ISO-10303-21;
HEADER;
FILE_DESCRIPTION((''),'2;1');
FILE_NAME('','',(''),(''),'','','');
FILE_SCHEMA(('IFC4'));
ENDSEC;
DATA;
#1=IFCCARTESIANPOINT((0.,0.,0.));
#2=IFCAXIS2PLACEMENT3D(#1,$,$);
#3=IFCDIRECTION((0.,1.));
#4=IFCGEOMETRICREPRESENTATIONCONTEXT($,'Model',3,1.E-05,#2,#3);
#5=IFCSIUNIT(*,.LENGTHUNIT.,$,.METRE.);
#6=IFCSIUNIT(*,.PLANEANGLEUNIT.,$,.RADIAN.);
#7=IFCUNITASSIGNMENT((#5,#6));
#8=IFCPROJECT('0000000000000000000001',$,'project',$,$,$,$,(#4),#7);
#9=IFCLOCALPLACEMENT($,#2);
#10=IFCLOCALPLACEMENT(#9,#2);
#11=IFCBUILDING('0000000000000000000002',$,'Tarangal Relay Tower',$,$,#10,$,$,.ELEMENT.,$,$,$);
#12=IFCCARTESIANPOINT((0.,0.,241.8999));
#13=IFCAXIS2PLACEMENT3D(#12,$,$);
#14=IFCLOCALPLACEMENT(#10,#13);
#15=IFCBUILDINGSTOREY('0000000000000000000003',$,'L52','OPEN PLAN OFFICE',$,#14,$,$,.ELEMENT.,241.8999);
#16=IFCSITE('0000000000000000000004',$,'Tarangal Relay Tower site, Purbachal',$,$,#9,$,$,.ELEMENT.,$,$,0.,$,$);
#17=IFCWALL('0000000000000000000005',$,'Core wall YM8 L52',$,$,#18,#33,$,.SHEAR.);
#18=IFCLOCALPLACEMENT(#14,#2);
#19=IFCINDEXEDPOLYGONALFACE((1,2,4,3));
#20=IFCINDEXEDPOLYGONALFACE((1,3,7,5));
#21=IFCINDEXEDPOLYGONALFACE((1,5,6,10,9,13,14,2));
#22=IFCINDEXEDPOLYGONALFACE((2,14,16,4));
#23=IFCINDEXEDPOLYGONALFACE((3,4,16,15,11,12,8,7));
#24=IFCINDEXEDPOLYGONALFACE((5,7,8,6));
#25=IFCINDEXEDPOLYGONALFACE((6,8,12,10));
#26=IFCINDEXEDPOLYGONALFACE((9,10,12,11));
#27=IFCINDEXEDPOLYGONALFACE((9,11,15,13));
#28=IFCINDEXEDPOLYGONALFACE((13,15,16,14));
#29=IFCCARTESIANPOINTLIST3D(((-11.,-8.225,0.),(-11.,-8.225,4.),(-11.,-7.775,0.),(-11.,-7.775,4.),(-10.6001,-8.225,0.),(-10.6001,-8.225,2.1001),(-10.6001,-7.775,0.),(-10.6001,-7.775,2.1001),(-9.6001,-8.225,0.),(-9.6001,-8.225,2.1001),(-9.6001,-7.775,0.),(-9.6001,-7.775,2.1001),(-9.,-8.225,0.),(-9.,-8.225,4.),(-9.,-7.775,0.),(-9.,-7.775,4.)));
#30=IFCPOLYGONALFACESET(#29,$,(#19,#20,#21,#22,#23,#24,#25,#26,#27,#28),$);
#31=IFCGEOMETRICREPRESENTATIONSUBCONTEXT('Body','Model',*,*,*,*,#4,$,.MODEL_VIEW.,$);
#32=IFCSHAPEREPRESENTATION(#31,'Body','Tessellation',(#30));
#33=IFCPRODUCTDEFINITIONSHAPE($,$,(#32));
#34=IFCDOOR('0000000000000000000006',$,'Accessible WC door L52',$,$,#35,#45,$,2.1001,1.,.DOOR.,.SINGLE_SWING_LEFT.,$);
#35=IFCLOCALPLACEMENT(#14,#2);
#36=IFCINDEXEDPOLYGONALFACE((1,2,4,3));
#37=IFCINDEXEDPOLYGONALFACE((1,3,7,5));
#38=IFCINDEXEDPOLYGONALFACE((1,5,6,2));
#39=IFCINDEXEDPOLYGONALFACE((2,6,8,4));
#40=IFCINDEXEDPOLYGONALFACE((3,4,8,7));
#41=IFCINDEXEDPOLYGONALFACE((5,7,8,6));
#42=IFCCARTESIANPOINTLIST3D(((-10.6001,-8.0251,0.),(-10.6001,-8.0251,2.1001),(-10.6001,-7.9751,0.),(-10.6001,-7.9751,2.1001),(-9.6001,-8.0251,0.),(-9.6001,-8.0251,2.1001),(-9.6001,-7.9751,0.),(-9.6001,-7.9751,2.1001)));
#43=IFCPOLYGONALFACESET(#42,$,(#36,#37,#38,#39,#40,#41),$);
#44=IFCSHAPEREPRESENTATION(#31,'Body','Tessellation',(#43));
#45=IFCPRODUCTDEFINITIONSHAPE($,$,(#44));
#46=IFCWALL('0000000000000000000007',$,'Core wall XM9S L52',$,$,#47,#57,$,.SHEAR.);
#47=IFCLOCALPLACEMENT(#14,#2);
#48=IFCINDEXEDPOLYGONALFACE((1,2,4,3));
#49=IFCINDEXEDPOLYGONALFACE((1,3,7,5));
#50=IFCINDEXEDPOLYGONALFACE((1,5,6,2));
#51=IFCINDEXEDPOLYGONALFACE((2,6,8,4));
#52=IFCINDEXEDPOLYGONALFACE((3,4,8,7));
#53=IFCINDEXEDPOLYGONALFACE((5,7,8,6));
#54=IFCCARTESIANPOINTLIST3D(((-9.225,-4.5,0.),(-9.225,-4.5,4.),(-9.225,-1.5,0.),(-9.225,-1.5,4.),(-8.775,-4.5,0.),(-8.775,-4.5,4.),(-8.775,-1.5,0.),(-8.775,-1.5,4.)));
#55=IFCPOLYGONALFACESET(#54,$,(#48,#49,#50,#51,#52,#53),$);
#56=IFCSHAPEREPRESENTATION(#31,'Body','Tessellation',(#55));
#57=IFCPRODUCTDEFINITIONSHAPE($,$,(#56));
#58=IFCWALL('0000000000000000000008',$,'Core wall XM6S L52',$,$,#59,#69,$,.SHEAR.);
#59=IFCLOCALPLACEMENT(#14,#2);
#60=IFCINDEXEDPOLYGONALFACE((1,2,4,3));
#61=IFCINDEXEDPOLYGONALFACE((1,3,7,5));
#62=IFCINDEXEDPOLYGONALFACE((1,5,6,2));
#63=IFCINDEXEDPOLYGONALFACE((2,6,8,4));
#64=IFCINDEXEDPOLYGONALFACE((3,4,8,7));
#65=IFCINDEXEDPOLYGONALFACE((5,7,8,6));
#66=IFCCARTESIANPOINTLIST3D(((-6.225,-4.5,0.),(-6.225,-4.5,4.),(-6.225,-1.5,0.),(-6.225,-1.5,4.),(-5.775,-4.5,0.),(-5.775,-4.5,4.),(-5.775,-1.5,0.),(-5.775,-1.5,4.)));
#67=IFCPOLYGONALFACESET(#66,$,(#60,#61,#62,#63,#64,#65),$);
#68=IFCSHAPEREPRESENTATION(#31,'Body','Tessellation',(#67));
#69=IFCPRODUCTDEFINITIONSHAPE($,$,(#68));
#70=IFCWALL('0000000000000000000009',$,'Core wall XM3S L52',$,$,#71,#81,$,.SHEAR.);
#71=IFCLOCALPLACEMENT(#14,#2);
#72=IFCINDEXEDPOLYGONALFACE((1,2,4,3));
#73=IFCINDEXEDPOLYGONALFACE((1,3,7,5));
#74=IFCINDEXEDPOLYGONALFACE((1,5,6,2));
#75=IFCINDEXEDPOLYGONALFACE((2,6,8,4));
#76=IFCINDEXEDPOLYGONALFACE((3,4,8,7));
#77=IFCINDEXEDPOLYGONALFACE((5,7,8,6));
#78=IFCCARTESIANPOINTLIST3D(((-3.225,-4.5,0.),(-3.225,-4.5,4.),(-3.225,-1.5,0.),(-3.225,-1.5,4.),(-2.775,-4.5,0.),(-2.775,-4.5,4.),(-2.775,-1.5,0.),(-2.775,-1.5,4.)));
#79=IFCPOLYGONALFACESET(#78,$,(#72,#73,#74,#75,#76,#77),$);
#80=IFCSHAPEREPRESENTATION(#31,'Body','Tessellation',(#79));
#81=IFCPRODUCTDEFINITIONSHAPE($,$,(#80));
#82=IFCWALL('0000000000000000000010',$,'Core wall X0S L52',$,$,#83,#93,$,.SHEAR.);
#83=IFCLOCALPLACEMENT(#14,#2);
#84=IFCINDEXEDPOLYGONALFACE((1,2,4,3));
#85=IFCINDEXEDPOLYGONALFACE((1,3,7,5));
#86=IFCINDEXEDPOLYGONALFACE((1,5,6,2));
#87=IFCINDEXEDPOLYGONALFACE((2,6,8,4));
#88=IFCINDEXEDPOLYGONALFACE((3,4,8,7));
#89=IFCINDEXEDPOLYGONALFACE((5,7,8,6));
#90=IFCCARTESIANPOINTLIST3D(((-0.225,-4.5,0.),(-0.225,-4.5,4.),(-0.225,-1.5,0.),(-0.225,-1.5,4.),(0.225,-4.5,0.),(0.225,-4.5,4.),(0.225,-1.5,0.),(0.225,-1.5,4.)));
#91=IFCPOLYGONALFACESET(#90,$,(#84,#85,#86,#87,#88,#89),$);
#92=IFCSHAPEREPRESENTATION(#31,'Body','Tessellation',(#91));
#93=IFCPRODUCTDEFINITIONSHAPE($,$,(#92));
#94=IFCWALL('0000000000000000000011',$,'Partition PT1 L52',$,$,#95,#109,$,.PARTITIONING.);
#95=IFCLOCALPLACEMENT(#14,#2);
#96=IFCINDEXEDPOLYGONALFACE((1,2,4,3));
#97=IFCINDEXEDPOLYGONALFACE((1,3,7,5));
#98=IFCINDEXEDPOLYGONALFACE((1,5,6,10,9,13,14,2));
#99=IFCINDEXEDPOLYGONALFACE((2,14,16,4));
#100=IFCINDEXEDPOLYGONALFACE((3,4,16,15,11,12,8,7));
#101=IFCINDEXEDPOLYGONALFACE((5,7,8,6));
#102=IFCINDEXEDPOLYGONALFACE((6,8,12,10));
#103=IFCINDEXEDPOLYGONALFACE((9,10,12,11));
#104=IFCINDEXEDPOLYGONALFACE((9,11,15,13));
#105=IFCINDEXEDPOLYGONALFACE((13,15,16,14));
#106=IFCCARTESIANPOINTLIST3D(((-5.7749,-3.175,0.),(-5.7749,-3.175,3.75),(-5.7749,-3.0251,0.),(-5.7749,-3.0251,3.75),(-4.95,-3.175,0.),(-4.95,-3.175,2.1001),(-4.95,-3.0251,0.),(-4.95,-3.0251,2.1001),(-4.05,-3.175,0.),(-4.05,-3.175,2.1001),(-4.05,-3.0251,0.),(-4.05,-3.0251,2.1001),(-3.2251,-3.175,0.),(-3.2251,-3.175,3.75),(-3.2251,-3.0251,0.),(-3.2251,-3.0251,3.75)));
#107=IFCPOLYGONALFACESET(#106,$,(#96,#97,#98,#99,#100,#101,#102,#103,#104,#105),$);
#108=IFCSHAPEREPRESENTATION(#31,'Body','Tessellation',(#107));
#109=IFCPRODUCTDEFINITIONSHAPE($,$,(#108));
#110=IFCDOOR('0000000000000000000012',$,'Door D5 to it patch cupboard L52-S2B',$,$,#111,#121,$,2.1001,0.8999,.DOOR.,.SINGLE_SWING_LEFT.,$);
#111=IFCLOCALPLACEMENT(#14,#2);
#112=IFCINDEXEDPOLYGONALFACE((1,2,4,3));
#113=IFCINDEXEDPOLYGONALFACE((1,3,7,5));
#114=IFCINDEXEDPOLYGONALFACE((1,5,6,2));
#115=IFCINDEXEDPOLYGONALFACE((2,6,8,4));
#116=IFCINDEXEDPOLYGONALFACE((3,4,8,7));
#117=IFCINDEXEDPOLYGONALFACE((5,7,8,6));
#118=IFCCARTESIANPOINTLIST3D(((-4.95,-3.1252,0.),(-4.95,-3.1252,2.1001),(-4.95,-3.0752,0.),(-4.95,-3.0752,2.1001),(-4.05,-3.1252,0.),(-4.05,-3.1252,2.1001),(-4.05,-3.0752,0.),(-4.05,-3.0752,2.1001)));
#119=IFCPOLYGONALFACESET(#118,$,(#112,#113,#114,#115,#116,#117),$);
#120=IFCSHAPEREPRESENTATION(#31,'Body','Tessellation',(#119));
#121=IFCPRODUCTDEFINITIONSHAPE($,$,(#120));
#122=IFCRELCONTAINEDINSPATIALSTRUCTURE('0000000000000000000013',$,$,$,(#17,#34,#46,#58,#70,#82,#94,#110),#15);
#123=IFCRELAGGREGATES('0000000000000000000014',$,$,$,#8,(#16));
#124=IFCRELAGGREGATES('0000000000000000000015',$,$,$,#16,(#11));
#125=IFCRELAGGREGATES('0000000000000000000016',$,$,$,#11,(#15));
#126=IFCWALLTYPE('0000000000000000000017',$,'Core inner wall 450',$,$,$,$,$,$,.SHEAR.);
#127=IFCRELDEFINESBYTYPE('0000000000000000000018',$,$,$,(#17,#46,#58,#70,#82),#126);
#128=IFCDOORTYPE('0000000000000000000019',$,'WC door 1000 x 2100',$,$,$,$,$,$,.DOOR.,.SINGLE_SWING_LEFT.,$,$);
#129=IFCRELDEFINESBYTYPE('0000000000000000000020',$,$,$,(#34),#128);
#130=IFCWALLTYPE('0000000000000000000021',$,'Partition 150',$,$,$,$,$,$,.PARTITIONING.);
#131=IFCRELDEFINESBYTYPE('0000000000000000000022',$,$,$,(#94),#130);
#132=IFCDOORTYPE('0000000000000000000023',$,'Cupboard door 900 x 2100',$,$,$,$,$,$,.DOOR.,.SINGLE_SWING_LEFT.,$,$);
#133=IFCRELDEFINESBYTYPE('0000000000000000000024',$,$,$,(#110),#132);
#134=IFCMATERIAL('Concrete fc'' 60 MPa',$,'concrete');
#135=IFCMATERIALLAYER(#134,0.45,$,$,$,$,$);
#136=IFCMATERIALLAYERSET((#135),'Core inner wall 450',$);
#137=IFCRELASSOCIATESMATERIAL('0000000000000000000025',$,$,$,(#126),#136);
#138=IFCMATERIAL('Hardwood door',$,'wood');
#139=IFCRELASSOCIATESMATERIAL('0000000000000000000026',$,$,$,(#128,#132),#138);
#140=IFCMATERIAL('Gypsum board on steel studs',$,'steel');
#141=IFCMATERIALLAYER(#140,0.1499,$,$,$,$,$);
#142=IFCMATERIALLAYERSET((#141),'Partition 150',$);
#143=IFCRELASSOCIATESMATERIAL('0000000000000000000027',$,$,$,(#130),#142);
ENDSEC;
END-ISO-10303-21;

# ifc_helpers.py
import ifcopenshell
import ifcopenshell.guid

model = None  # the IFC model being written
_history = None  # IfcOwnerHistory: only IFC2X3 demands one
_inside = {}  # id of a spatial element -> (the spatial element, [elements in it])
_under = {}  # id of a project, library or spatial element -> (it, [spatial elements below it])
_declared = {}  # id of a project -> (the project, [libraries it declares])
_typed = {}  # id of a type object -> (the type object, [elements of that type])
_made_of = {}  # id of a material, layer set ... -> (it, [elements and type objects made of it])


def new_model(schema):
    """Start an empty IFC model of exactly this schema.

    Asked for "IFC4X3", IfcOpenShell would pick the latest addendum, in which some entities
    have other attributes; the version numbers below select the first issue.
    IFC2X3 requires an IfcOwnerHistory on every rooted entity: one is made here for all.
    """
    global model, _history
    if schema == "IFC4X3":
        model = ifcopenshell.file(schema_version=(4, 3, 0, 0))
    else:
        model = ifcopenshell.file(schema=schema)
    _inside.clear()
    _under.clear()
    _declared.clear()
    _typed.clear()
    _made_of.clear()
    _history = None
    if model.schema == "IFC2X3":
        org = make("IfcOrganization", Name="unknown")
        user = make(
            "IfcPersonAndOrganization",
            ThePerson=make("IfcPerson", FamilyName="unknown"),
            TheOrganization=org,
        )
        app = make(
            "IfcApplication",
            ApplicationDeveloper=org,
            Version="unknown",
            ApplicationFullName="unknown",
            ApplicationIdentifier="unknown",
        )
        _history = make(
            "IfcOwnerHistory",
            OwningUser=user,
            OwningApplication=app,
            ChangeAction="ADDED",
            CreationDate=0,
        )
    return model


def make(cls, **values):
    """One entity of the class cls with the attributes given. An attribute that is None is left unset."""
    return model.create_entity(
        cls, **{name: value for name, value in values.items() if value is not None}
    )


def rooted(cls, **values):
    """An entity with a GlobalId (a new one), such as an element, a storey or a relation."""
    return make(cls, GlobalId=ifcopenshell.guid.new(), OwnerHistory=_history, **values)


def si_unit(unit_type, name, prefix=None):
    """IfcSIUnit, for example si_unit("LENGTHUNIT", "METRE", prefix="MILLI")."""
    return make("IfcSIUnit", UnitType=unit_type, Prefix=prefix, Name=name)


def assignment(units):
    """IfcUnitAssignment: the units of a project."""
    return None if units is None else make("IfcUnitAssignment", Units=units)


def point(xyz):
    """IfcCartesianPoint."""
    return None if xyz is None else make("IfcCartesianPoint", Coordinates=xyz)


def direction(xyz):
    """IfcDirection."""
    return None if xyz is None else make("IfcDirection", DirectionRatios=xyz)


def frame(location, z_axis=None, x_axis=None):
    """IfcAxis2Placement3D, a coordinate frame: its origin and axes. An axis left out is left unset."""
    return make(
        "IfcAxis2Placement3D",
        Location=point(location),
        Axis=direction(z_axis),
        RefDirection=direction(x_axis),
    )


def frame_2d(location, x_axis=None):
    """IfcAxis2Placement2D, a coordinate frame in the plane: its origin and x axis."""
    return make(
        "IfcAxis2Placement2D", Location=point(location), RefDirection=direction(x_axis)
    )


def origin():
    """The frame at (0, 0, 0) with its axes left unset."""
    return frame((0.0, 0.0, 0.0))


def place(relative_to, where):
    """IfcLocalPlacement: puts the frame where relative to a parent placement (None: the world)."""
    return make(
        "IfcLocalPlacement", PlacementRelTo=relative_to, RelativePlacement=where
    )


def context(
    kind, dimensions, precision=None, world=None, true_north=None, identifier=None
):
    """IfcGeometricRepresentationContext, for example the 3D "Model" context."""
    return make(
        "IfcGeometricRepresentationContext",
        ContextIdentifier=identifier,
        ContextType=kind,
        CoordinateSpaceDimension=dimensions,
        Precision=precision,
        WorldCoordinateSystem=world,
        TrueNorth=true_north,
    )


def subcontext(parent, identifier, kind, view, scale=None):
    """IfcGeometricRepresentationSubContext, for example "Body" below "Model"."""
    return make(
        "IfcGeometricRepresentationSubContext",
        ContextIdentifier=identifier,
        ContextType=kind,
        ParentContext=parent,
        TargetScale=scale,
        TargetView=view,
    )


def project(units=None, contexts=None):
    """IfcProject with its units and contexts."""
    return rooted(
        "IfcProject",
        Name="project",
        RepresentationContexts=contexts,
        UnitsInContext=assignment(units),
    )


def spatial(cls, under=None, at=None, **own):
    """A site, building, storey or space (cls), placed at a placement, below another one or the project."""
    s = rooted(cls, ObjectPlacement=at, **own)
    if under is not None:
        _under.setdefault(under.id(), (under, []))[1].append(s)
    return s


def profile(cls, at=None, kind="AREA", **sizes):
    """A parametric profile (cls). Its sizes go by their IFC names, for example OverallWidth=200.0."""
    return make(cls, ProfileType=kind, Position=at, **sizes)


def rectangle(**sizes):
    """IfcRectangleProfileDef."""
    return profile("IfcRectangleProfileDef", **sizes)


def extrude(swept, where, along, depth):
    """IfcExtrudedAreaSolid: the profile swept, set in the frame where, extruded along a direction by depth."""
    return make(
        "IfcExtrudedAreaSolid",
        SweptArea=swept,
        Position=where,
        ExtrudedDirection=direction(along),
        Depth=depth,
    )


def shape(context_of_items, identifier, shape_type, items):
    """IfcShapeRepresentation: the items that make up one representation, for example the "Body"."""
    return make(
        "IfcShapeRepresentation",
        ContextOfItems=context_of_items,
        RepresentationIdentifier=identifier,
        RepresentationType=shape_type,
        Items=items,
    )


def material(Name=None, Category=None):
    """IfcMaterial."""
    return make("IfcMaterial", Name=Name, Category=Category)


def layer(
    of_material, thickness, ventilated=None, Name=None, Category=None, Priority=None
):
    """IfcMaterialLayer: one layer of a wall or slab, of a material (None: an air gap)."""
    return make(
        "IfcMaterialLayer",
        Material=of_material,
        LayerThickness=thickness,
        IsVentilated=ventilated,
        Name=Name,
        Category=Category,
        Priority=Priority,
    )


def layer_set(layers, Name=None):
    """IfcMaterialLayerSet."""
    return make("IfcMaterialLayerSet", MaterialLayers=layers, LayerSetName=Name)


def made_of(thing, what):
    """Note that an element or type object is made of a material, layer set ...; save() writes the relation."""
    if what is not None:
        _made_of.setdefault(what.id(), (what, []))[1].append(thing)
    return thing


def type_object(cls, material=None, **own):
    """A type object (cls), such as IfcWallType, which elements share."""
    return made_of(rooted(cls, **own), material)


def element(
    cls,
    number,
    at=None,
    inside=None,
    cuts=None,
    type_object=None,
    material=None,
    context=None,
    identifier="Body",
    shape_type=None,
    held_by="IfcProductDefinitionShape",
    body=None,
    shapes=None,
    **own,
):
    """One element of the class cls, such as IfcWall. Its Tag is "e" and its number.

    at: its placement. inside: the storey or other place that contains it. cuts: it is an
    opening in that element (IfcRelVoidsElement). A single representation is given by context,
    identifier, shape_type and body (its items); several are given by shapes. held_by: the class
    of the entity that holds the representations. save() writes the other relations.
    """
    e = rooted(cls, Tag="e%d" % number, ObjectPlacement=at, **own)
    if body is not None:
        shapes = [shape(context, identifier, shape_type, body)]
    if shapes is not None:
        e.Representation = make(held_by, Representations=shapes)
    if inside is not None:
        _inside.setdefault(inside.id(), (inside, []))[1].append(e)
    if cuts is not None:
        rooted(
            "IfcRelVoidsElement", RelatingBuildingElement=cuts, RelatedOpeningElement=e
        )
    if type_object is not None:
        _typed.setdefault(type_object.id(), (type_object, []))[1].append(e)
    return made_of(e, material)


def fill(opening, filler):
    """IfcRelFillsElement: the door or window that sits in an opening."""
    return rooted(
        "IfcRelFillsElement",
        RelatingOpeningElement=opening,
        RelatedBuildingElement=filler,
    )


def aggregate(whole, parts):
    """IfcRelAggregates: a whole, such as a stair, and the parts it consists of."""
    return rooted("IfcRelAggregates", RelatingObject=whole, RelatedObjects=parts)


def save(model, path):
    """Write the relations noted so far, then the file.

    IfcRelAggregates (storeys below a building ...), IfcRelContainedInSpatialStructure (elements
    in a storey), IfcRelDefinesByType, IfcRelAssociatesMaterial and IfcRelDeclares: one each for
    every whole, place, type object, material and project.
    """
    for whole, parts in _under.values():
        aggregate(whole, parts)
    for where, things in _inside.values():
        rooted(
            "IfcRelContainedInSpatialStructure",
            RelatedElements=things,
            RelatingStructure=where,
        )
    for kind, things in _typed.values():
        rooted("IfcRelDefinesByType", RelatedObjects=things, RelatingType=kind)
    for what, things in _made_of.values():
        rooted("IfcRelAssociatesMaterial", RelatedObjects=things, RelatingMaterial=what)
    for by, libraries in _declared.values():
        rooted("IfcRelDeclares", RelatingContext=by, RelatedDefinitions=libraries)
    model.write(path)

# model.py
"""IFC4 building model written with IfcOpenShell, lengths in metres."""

from ifc_helpers import new_model, si_unit, direction, frame, frame_2d, origin, place, context, subcontext, project, spatial, rectangle, extrude, material, layer, layer_set, type_object, element, fill, save


model = new_model("IFC4")

# Units and contexts
model_context = context("Model", 3, precision=1e-05, world=origin(), true_north=direction((0.0, 1.0)))
body_context = subcontext(model_context, "Body", "Model", "MODEL_VIEW")
ifc_project = project(units=[si_unit("LENGTHUNIT", "METRE"), si_unit("PLANEANGLEUNIT", "RADIAN")], contexts=[model_context])

# Site, building, storey
site_placement = place(None, origin())
site = spatial("IfcSite", under=ifc_project, at=site_placement, Name="Tarangal Relay Tower site, Purbachal", CompositionType="ELEMENT", RefElevation=0.0)
building_placement = place(site_placement, origin())
building = spatial("IfcBuilding", under=site, at=building_placement, Name="Tarangal Relay Tower", CompositionType="ELEMENT")
storey_placement = place(building_placement, frame((0.0, 0.0, 241.8999)))
storey = spatial("IfcBuildingStorey", under=building, at=storey_placement, Name="L52", Description="OPEN PLAN OFFICE", CompositionType="ELEMENT", Elevation=241.8999)

# Shared definitions
ifc_material_1 = material(Name="Concrete fc' 60 MPa", Category="concrete")
ifc_layer_1 = layer(ifc_material_1, 0.45)
ifc_layer_set_1 = layer_set([ifc_layer_1], Name="Core inner wall 450")
wall_type_1 = type_object("IfcWallType", Name="Core inner wall 450", PredefinedType="SHEAR", material=ifc_layer_set_1)

# Wall, opening, door
wall_1_placement = place(storey_placement, frame((-11.0, -8.0, 0.0), z_axis=(0.0, 0.0, 1.0), x_axis=(1.0, 0.0, 0.0)))
wall_1 = element("IfcWall", 1, at=wall_1_placement, inside=storey, type_object=wall_type_1, Name="Core wall YM8 L52", PredefinedType="SHEAR", context=body_context, shape_type="SweptSolid", body=[
    extrude(rectangle(XDim=2.0, YDim=0.45, at=frame_2d((1.0, 0.0))), origin(), (0.0, 0.0, 1.0), 4.0),
])
opening_1_placement = place(wall_1_placement, frame((0.3999, 0.0, 0.0)))
opening_1 = element("IfcOpeningElement", 2, at=opening_1_placement, cuts=wall_1, PredefinedType="OPENING", context=body_context, shape_type="SweptSolid", body=[
    extrude(rectangle(XDim=1.0, YDim=2.1001, at=frame_2d((0.5, 1.05))), frame((0.0, 0.2349, 0.0), z_axis=(0.0, -1.0, 0.0), x_axis=(1.0, 0.0, 0.0)), (0.0, 0.0, 1.0), 0.47),
])
ifc_material_2 = material(Name="Hardwood door", Category="wood")
door_type_1 = type_object("IfcDoorType", Name="WC door 1000 x 2100", OperationType="SINGLE_SWING_LEFT", PredefinedType="DOOR", material=ifc_material_2)
door_1_placement = place(opening_1_placement, origin())
door_1 = element("IfcDoor", 3, at=door_1_placement, inside=storey, type_object=door_type_1, Name="Accessible WC door L52", OperationType="SINGLE_SWING_LEFT", OverallHeight=2.1001, OverallWidth=1.0, PredefinedType="DOOR", context=body_context, shape_type="SweptSolid", body=[
    extrude(rectangle(XDim=1.0, YDim=2.1001, at=frame_2d((0.5, 1.05))), frame((0.0, 0.0249, 0.0), z_axis=(0.0, -1.0, 0.0), x_axis=(1.0, 0.0, 0.0)), (0.0, 0.0, 1.0), 0.05),
])
fill(opening_1, door_1)

# Walls
for number, where, z_axis, x_axis, name in (
    (4, (-9.0, -4.5, 0.0), (0.0, 0.0, 1.0), (0.0, 1.0, 0.0), "Core wall XM9S L52"),
    (5, (-6.0, -4.5, 0.0), (0.0, 0.0, 1.0), (0.0, 1.0, 0.0), "Core wall XM6S L52"),
    (6, (-3.0, -4.5, 0.0), (0.0, 0.0, 1.0), (0.0, 1.0, 0.0), "Core wall XM3S L52"),
    (7, (0.0, -4.5, 0.0), (0.0, 0.0, 1.0), (0.0, 1.0, 0.0), "Core wall X0S L52"),
):
    element("IfcWall", number, at=place(storey_placement, frame(where, z_axis=z_axis, x_axis=x_axis)), inside=storey, type_object=wall_type_1, Name=name, PredefinedType="SHEAR", context=body_context, shape_type="SweptSolid", body=[
        extrude(rectangle(XDim=3.0, YDim=0.45, at=frame_2d((1.5, 0.0))), origin(), (0.0, 0.0, 1.0), 4.0),
    ])

# Wall, opening, door
ifc_material_3 = material(Name="Gypsum board on steel studs", Category="steel")
ifc_layer_2 = layer(ifc_material_3, 0.1499)
ifc_layer_set_2 = layer_set([ifc_layer_2], Name="Partition 150")
wall_type_2 = type_object("IfcWallType", Name="Partition 150", PredefinedType="PARTITIONING", material=ifc_layer_set_2)
wall_2_placement = place(storey_placement, frame((-5.7749, -3.1001, 0.0), z_axis=(0.0, 0.0, 1.0), x_axis=(1.0, 0.0, 0.0)))
wall_2 = element("IfcWall", 8, at=wall_2_placement, inside=storey, type_object=wall_type_2, Name="Partition PT1 L52", PredefinedType="PARTITIONING", context=body_context, shape_type="SweptSolid", body=[
    extrude(rectangle(XDim=2.5498, YDim=0.1499, at=frame_2d((1.2749, 0.0))), origin(), (0.0, 0.0, 1.0), 3.75),
])
opening_2_placement = place(wall_2_placement, frame((0.825, 0.0, 0.0)))
opening_2 = element("IfcOpeningElement", 9, at=opening_2_placement, cuts=wall_2, PredefinedType="OPENING", context=body_context, shape_type="SweptSolid", body=[
    extrude(rectangle(XDim=0.8999, YDim=2.1001, at=frame_2d((0.45, 1.05))), frame((0.0, 0.085, 0.0), z_axis=(0.0, -1.0, 0.0), x_axis=(1.0, 0.0, 0.0)), (0.0, 0.0, 1.0), 0.1699),
])
door_type_2 = type_object("IfcDoorType", Name="Cupboard door 900 x 2100", OperationType="SINGLE_SWING_LEFT", PredefinedType="DOOR", material=ifc_material_2)
door_2_placement = place(opening_2_placement, origin())
door_2 = element("IfcDoor", 10, at=door_2_placement, inside=storey, type_object=door_type_2, Name="Door D5 to it patch cupboard L52-S2B", OperationType="SINGLE_SWING_LEFT", OverallHeight=2.1001, OverallWidth=0.8999, PredefinedType="DOOR", context=body_context, shape_type="SweptSolid", body=[
    extrude(rectangle(XDim=0.8999, YDim=2.1001, at=frame_2d((0.45, 1.05))), frame((0.0, 0.0249, 0.0), z_axis=(0.0, -1.0, 0.0), x_axis=(1.0, 0.0, 0.0)), (0.0, 0.0, 1.0), 0.05),
])
fill(opening_2, door_2)

save(model, "model.ifc")
